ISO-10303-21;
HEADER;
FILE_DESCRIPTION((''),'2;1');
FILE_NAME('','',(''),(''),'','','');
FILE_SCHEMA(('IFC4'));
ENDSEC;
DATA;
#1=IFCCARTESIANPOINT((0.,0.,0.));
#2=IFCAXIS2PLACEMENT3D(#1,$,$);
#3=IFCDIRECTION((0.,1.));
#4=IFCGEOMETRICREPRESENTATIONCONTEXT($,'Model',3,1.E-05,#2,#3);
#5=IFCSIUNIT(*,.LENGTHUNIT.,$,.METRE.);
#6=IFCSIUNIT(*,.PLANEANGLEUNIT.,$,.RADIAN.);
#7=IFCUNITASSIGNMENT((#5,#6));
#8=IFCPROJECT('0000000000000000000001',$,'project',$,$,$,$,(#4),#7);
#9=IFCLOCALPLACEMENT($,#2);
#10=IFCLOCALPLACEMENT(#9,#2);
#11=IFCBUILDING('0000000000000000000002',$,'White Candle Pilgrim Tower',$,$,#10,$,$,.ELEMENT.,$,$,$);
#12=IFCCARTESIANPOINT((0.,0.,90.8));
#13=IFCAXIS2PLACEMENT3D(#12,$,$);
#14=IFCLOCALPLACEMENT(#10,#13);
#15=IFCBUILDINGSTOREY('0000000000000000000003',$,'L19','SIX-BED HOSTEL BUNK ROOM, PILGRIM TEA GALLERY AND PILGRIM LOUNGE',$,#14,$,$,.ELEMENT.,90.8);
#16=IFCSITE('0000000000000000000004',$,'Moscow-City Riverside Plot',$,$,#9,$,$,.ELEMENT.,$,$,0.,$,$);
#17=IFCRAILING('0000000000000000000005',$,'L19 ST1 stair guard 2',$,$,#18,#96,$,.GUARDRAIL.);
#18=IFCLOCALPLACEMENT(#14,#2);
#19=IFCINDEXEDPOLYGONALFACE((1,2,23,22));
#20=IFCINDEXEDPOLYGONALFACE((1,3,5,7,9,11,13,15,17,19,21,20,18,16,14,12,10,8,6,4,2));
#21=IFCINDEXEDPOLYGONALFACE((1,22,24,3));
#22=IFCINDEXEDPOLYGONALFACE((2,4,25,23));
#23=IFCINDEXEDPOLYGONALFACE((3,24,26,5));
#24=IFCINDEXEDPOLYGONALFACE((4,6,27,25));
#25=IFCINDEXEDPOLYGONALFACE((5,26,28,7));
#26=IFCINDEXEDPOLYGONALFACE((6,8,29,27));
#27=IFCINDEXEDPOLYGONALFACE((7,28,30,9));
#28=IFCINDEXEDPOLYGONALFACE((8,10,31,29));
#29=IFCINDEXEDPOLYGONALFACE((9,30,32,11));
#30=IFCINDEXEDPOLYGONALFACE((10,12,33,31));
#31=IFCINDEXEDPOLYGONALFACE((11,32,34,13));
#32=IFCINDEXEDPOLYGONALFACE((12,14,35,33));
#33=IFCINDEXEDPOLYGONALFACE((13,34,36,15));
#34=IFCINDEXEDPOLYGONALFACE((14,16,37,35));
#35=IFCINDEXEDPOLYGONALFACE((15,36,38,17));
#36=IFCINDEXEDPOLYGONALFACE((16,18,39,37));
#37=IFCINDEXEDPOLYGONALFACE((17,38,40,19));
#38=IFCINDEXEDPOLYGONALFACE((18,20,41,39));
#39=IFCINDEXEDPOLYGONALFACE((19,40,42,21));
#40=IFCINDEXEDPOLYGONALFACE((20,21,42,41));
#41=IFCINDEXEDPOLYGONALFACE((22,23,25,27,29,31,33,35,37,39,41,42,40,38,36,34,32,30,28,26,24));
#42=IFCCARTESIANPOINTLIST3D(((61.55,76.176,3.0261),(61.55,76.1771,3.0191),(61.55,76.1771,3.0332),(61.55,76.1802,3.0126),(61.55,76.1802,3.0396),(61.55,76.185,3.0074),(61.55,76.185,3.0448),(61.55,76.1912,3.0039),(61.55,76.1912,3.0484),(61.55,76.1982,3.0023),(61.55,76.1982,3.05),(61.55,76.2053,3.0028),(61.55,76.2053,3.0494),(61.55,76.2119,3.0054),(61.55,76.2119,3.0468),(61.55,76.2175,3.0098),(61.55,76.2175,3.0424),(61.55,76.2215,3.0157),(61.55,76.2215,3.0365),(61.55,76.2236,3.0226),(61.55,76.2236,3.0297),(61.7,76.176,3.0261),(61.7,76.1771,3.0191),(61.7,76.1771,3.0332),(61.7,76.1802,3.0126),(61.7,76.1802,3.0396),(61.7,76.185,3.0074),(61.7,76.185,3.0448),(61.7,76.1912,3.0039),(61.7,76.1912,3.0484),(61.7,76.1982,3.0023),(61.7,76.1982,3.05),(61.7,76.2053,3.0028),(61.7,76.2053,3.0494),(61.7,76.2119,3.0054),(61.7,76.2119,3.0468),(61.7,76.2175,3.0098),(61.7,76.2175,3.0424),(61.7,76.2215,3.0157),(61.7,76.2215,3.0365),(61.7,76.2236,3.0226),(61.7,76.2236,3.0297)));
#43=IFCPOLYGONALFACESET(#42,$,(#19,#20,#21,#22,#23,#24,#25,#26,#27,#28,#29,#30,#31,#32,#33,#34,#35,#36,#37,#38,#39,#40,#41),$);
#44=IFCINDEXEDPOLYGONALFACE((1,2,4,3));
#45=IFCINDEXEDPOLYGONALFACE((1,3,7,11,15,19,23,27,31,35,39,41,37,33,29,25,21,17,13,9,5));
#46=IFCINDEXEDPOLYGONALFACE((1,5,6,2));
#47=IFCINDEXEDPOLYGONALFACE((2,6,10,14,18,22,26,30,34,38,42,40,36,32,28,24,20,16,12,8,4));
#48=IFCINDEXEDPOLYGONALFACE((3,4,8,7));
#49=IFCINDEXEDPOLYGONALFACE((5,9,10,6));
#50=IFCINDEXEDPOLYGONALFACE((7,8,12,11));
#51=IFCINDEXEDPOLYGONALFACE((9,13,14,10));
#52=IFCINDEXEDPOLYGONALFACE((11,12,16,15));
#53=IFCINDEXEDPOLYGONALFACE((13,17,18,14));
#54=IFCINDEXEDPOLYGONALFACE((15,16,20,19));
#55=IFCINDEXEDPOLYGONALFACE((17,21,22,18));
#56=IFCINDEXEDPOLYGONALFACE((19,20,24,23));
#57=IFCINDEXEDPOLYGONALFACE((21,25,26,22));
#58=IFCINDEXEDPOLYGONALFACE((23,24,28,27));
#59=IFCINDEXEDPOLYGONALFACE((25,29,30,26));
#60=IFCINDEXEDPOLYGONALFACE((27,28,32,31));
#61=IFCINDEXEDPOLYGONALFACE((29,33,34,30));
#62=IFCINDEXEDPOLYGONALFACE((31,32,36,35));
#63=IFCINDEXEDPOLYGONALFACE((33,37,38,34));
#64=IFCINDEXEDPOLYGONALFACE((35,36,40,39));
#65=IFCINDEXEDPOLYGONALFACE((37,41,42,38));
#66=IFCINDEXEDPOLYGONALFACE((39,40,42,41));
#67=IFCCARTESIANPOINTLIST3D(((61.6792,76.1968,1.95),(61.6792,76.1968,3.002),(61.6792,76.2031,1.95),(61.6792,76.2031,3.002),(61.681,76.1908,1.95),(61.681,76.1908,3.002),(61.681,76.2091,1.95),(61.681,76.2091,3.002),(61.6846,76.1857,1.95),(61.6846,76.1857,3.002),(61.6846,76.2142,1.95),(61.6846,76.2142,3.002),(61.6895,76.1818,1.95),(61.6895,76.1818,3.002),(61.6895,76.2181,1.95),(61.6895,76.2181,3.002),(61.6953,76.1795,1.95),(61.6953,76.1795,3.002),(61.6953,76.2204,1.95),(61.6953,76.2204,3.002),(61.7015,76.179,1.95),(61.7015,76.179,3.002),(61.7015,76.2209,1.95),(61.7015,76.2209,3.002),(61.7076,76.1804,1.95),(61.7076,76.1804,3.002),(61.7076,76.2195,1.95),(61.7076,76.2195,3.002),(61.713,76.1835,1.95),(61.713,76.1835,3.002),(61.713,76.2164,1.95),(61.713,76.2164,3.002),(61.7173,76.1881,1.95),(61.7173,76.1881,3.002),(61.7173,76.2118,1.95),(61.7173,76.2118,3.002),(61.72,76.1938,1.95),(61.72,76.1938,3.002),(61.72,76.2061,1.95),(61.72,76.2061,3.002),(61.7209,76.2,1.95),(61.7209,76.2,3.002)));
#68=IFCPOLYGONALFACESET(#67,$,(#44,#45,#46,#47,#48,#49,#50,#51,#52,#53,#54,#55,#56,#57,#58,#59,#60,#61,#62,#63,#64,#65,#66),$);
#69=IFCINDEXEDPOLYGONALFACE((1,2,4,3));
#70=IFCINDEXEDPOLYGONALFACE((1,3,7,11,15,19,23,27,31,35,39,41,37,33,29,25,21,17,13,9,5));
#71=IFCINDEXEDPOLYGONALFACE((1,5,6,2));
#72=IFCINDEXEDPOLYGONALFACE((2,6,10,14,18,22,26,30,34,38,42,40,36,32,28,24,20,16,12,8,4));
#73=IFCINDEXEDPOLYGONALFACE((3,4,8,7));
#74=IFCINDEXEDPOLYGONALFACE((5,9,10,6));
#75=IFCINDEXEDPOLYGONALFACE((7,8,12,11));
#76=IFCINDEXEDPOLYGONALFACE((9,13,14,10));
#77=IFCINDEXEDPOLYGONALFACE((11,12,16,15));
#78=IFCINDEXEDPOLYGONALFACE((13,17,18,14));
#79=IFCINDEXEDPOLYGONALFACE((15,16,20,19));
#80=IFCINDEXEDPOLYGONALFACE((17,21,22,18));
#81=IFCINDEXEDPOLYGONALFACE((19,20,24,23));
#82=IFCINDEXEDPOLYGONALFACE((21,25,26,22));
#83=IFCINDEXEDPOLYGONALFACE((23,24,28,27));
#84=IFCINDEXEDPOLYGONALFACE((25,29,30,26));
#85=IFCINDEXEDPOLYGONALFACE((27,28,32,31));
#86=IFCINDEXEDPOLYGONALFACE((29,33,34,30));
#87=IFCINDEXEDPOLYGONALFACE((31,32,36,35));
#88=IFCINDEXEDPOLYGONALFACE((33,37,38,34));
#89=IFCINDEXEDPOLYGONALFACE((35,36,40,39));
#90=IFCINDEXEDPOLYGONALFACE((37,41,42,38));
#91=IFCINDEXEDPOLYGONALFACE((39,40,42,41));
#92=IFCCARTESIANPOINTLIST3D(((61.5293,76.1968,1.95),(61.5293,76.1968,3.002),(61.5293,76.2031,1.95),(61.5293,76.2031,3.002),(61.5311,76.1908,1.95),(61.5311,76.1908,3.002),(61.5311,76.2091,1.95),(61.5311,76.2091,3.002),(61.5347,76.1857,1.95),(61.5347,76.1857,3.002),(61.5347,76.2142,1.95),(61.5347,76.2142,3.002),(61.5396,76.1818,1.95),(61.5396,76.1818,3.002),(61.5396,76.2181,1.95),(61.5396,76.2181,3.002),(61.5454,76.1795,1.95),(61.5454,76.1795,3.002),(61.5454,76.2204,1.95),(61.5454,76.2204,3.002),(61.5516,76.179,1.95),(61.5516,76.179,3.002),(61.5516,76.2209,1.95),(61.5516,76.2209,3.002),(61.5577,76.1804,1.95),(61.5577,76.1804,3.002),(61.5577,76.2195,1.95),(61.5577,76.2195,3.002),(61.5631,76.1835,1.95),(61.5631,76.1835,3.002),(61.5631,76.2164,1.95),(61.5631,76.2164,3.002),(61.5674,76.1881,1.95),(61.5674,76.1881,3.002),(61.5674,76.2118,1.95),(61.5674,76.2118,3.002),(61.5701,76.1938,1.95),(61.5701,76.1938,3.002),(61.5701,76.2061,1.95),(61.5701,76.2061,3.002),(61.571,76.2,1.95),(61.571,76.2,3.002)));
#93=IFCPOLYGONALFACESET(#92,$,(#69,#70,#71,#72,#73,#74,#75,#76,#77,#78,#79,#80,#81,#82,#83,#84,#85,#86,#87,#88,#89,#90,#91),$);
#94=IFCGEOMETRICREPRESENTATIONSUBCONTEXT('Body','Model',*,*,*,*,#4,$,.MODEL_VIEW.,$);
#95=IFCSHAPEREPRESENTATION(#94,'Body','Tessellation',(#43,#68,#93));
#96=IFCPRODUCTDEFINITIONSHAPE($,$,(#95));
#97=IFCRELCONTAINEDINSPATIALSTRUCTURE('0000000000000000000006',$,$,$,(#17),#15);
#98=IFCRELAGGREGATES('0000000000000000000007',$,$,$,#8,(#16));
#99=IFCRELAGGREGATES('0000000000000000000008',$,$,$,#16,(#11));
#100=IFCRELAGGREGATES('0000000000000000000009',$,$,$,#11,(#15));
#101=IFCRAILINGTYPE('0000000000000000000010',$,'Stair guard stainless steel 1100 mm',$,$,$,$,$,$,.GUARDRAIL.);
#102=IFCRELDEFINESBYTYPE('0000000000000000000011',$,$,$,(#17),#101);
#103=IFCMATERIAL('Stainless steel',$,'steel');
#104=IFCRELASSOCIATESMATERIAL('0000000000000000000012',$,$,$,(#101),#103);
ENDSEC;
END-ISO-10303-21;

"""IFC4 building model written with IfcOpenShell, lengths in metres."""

from ifc_helpers import new_model, si_unit, direction, frame, origin, origin_2d, place, context, subcontext, project, spatial, circle, extrude, material, type_object, element, save


model = new_model("IFC4")

# Units and contexts
model_context = context("Model", 3, precision=1e-05, world=origin(), true_north=direction((0.0, 1.0)))
body_context = subcontext(model_context, "Body", "Model", "MODEL_VIEW")
ifc_project = project(units=[si_unit("LENGTHUNIT", "METRE"), si_unit("PLANEANGLEUNIT", "RADIAN")], contexts=[model_context])

# Site, building, storey
site_placement = place(None, origin())
site = spatial("IfcSite", under=ifc_project, at=site_placement, Name="Moscow-City Riverside Plot", CompositionType="ELEMENT", RefElevation=0.0)
building_placement = place(site_placement, origin())
building = spatial("IfcBuilding", under=site, at=building_placement, Name="White Candle Pilgrim Tower", CompositionType="ELEMENT")
storey_placement = place(building_placement, frame((0.0, 0.0, 90.8)))
storey = spatial("IfcBuildingStorey", under=building, at=storey_placement, Name="L19", Description="SIX-BED HOSTEL BUNK ROOM, PILGRIM TEA GALLERY AND PILGRIM LOUNGE", CompositionType="ELEMENT", Elevation=90.8)

# Railing
ifc_material_1 = material(Name="Stainless steel", Category="steel")
railing_type_1 = type_object("IfcRailingType", Name="Stair guard stainless steel 1100 mm", PredefinedType="GUARDRAIL", material=ifc_material_1)
railing_1_placement = place(storey_placement, frame((61.7, 76.2, 1.95)))
element("IfcRailing", 1, at=railing_1_placement, inside=storey, type_object=railing_type_1, Name="L19 ST1 stair guard 2", PredefinedType="GUARDRAIL", context=body_context, shape_type="SweptSolid", body=[
    extrude(circle(Radius=0.0239, at=origin_2d()), frame((0.0, 0.0, 1.0762), z_axis=(-1.0, 0.0, 0.0), x_axis=(0.0, -1.0, 0.0)), (0.0, 0.0, 1.0), 0.1499),
    extrude(circle(Radius=0.021, at=origin_2d()), origin(), (0.0, 0.0, 1.0), 1.052),
    extrude(circle(Radius=0.021, at=origin_2d()), frame((-0.1499, 0.0, 0.0)), (0.0, 0.0, 1.0), 1.052),
])

save(model, "model.ifc")
